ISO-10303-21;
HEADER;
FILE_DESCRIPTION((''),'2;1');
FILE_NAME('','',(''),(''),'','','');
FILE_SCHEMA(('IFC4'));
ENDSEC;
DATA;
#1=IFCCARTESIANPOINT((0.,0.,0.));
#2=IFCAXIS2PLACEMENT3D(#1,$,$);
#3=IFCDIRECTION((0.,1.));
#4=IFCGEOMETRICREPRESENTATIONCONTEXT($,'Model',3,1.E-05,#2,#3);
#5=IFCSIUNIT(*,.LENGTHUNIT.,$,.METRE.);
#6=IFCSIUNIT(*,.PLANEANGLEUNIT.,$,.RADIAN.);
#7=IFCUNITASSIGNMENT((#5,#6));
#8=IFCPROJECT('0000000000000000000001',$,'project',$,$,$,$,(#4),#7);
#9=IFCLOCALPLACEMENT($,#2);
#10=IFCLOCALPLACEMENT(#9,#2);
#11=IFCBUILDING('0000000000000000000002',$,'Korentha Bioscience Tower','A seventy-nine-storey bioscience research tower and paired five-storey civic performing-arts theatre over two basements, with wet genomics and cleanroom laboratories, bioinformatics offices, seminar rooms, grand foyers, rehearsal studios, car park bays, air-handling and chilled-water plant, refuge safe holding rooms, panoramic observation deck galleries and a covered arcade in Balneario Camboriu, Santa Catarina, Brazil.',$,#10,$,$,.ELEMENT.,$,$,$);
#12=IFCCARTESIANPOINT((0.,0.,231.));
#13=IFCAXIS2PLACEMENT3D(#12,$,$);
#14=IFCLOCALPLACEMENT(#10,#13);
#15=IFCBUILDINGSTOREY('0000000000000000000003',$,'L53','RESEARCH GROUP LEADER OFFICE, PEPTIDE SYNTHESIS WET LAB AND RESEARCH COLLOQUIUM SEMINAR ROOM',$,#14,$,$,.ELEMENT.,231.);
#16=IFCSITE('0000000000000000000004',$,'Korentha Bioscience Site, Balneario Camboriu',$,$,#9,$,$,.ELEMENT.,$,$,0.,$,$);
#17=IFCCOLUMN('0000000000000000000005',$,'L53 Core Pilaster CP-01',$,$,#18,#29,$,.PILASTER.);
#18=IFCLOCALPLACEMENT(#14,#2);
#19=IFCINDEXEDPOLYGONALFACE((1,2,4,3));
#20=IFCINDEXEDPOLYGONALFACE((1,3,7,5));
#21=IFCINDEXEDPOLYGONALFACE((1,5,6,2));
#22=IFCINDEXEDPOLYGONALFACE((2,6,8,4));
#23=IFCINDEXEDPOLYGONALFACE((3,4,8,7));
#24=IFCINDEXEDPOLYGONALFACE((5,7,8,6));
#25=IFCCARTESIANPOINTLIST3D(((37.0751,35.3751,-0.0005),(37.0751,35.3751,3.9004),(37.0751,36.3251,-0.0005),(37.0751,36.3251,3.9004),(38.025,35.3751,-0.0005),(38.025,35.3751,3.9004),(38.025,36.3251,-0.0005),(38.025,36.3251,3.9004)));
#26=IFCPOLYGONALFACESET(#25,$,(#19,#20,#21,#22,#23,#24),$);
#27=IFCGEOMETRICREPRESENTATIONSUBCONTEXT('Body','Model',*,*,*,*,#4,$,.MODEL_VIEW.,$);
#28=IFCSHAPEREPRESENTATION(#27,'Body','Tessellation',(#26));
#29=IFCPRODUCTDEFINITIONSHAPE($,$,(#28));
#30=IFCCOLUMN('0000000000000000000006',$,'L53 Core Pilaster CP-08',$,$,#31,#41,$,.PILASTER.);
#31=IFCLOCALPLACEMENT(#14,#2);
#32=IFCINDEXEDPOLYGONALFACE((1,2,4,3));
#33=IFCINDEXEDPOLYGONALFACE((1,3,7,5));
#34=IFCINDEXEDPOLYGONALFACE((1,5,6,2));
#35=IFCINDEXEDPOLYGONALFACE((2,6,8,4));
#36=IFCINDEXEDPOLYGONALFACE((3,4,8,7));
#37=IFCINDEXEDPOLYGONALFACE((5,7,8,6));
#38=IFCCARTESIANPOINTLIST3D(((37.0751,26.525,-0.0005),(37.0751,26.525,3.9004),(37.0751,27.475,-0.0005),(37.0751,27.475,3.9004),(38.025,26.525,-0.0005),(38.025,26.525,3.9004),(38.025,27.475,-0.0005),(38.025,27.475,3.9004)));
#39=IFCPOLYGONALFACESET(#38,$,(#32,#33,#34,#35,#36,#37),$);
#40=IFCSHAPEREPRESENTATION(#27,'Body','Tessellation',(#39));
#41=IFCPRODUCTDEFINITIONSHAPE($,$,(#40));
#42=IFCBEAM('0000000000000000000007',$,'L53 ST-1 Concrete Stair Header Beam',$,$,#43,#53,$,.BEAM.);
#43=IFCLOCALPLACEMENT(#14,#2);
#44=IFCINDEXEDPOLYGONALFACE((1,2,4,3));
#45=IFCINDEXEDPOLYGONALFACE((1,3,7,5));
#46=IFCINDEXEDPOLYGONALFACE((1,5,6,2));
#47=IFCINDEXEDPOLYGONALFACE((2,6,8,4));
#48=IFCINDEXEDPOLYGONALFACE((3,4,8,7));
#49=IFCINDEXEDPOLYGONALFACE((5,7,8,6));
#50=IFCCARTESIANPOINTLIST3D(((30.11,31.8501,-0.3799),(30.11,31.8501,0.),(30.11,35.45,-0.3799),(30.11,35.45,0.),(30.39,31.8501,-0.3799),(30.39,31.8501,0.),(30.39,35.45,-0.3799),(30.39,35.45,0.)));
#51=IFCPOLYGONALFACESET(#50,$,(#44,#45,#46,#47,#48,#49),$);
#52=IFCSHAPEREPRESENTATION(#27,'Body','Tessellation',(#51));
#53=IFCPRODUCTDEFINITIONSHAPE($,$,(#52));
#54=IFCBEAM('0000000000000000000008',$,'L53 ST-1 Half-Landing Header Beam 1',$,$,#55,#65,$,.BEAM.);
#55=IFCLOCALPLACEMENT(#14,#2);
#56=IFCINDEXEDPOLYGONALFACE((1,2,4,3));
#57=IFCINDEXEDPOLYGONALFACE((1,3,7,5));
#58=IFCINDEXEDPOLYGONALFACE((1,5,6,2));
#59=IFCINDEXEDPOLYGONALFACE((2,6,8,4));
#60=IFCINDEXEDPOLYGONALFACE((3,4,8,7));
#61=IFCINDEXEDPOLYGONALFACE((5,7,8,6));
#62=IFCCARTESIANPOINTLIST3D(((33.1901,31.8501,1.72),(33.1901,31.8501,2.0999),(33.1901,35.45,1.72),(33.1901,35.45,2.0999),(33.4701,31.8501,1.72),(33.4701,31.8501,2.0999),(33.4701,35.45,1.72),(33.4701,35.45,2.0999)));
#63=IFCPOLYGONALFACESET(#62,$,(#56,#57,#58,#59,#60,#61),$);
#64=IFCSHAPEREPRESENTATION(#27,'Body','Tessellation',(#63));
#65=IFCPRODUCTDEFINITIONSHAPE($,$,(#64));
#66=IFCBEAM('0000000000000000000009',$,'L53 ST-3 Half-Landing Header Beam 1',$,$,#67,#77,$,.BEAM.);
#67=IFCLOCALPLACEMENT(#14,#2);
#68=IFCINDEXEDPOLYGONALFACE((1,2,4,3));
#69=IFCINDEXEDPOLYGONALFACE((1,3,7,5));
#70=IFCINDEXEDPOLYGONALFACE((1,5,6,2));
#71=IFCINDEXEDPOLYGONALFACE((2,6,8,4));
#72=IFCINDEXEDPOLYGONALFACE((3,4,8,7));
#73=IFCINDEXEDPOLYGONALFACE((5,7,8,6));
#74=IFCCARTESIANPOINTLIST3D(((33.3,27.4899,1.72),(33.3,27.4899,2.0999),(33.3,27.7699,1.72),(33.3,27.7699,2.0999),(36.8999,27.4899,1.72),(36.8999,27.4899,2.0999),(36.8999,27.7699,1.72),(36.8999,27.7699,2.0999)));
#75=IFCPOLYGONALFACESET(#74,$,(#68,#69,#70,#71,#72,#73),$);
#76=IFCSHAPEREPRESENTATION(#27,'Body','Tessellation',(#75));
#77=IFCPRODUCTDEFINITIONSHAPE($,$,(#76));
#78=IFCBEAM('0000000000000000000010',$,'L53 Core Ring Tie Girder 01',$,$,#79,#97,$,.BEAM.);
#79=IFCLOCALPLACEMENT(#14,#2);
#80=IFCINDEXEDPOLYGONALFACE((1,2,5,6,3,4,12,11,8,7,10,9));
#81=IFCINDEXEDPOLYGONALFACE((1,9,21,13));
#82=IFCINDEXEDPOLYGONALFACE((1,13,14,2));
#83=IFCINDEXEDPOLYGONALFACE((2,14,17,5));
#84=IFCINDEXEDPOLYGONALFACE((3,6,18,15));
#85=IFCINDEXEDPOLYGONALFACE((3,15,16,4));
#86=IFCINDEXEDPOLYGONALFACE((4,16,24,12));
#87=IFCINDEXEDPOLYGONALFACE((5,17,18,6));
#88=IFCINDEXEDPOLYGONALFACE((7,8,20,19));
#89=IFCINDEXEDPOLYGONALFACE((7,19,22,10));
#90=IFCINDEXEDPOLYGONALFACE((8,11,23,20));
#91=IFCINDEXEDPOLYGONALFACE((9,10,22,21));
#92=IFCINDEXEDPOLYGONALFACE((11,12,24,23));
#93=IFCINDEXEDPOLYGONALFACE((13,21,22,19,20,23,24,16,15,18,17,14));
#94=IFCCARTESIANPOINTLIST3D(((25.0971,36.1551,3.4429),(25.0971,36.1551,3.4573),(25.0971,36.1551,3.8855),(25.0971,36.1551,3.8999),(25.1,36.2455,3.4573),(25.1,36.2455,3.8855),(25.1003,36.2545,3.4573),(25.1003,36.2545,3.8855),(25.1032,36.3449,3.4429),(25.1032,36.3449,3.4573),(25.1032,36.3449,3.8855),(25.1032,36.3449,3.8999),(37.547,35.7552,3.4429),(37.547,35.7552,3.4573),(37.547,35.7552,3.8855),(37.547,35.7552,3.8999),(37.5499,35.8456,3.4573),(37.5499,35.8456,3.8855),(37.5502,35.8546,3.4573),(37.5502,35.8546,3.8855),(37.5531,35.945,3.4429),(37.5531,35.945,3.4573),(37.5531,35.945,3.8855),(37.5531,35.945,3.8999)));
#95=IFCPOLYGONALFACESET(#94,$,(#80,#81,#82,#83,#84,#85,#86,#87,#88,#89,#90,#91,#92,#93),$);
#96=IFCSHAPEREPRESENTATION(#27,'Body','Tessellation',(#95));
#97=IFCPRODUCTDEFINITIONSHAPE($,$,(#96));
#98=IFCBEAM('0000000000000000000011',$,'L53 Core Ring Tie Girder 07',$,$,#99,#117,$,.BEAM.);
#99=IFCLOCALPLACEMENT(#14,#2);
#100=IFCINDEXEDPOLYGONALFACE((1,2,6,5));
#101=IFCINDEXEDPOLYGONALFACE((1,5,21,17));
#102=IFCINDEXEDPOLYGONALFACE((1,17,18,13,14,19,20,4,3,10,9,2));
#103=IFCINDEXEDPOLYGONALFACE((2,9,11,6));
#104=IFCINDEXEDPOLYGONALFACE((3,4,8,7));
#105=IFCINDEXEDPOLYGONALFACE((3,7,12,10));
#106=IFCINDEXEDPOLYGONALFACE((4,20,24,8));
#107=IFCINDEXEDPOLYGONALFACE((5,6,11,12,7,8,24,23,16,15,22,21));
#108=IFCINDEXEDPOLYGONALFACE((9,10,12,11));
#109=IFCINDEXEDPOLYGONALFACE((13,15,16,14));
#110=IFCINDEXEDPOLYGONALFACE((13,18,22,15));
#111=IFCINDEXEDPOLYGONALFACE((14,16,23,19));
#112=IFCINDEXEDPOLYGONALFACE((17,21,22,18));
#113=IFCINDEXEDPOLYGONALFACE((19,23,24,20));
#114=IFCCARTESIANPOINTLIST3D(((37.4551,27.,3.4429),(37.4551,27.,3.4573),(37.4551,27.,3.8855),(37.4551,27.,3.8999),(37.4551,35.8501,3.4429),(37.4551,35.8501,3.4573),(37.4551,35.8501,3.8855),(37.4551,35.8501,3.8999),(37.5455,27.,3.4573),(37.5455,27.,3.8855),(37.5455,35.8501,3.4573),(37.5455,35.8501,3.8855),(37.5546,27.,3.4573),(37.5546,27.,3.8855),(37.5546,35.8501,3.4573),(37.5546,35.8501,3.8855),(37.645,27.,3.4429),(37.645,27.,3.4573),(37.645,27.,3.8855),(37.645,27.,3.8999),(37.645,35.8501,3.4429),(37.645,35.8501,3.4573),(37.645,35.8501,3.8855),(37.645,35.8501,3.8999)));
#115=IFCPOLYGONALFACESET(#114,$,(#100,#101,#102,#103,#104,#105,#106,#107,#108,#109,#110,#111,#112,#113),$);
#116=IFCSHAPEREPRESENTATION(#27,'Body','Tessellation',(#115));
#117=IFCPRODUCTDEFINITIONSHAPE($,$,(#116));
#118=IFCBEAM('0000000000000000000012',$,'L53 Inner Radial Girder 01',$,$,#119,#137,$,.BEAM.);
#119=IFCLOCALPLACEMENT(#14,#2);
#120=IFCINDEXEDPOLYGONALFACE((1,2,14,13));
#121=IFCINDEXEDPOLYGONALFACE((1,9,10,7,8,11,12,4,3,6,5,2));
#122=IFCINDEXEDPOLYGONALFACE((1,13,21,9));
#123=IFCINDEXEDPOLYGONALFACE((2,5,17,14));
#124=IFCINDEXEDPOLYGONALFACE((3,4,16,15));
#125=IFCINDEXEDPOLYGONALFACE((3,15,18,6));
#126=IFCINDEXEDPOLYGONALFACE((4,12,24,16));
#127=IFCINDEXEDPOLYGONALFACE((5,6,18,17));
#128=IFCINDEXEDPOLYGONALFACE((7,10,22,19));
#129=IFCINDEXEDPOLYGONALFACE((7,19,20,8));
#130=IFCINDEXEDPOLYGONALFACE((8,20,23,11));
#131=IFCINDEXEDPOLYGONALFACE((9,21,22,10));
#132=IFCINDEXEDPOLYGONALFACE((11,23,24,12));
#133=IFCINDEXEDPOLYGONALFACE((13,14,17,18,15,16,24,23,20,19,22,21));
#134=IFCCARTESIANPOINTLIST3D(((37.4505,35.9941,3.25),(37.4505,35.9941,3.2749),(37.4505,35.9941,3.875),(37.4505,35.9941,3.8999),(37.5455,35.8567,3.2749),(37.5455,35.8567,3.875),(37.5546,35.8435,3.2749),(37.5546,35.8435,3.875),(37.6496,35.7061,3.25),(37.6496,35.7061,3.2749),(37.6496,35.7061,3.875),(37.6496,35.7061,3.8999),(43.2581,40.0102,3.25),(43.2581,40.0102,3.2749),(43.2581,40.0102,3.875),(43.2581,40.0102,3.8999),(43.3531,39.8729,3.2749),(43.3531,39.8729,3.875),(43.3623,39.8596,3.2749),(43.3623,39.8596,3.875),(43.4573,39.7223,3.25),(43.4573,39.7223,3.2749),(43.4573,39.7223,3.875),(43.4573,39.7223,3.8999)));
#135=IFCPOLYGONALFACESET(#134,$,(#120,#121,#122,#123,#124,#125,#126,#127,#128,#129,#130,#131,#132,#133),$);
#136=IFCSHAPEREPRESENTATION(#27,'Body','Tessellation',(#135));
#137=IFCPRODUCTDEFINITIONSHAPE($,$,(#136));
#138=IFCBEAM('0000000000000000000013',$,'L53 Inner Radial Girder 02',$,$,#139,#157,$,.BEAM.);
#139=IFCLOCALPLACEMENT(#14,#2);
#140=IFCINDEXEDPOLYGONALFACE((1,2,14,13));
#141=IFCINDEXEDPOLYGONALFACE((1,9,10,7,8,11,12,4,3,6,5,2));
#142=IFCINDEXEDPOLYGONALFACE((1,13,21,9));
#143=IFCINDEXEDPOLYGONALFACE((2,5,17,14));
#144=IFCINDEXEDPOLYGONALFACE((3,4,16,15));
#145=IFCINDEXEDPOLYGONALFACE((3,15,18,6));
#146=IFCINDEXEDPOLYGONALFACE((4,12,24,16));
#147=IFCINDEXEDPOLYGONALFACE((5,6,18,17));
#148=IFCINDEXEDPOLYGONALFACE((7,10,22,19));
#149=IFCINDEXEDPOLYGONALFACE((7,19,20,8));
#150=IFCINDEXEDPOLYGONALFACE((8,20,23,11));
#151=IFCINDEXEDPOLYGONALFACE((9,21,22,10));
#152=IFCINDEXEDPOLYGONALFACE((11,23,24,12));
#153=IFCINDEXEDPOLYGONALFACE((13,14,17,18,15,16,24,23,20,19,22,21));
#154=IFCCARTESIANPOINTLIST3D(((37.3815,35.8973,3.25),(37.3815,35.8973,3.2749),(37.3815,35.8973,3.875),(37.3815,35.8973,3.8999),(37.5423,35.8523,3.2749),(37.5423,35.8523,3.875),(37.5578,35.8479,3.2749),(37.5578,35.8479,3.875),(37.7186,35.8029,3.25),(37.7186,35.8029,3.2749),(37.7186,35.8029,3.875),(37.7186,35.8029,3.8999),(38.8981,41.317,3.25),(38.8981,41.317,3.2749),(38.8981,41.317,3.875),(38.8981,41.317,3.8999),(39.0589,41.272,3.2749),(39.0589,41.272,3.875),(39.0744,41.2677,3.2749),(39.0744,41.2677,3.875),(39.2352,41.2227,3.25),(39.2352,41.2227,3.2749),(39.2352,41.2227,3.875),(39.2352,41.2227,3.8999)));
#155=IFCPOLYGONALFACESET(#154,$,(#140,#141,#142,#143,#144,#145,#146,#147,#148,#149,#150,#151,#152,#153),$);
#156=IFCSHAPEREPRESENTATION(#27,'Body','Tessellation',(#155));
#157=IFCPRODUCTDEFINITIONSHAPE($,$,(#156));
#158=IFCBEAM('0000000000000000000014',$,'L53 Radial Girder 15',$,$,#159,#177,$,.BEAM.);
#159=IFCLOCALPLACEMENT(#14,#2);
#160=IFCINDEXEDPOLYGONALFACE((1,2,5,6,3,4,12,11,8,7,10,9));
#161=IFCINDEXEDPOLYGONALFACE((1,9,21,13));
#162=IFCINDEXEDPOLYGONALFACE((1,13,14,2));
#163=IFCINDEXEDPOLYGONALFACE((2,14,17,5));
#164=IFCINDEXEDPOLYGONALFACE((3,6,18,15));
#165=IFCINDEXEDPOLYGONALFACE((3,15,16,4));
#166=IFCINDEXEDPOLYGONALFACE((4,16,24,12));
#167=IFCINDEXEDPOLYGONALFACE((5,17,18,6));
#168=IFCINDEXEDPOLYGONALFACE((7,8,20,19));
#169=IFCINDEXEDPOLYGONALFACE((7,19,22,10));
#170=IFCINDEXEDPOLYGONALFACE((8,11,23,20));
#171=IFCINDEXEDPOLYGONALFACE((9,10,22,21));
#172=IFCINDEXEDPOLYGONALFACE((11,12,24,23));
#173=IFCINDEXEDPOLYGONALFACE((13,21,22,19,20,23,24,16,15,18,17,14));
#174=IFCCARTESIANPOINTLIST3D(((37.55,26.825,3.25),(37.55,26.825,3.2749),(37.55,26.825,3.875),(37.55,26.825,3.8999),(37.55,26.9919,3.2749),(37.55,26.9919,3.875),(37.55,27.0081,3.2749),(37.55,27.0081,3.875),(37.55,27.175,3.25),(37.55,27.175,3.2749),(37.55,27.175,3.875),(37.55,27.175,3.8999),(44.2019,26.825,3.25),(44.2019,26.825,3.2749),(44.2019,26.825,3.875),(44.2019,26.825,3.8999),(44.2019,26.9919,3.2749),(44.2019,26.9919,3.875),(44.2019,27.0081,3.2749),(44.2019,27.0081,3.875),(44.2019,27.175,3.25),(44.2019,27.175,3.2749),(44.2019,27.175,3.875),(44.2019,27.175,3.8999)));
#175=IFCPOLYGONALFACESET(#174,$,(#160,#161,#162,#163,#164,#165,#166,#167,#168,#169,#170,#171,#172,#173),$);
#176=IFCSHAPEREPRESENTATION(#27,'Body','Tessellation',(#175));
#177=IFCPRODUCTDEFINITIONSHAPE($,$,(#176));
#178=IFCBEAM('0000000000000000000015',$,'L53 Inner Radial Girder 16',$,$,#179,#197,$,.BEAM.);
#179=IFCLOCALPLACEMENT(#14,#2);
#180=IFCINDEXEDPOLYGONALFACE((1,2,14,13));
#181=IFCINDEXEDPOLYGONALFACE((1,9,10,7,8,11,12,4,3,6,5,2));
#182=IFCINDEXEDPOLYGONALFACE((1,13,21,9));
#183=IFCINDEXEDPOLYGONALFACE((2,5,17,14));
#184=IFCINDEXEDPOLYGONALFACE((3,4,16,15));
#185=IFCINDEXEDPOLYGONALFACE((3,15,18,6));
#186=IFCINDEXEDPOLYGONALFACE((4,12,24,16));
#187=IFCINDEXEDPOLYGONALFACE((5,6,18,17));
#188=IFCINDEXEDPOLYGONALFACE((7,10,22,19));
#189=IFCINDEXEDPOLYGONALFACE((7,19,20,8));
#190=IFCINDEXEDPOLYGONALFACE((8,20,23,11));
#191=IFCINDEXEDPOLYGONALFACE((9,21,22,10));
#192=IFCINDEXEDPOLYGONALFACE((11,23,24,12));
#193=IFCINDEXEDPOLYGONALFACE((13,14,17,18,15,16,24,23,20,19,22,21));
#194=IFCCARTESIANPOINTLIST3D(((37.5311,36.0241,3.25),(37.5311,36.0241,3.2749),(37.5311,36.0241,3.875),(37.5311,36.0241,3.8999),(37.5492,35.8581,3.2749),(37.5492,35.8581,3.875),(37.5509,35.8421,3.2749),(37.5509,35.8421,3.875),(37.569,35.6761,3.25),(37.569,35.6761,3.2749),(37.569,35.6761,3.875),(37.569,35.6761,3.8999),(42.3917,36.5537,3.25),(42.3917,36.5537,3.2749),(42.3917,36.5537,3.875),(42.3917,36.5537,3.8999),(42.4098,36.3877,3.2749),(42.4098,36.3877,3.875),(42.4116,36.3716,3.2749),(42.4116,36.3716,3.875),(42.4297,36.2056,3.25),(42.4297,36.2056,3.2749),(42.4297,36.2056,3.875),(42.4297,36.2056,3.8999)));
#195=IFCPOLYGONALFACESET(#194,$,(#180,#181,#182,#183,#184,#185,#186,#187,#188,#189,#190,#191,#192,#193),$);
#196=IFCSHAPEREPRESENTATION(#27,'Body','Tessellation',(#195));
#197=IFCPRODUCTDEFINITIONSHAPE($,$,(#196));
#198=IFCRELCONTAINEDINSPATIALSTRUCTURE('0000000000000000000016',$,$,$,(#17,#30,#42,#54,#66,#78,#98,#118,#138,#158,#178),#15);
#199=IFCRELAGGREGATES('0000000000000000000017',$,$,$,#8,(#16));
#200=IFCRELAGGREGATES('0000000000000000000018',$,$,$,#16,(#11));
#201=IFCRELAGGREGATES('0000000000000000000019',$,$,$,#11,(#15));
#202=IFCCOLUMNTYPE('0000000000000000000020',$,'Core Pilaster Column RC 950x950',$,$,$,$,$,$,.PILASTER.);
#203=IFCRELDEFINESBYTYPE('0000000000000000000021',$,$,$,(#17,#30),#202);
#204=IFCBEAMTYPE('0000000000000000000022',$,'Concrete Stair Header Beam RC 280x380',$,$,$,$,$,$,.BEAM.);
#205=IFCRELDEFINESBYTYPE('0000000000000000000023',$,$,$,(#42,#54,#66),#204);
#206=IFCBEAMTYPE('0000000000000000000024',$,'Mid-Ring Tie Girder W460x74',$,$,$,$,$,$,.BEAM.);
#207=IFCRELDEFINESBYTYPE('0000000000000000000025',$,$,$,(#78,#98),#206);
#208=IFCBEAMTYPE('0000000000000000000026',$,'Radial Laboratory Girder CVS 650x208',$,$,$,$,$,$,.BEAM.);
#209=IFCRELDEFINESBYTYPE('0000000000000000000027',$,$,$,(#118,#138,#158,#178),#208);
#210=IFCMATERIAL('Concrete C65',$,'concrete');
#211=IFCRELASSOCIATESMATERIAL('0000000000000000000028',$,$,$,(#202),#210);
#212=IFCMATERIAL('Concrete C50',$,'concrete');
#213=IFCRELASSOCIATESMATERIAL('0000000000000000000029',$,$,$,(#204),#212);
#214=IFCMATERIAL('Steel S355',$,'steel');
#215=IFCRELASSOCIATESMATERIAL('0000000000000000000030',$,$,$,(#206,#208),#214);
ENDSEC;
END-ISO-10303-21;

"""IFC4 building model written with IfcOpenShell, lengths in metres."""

from ifc_helpers import new_model, si_unit, direction, frame, origin, origin_2d, place, context, subcontext, project, spatial, rectangle, i_section, extrude, material, material_profile, profile_set, type_object, element, save


model = new_model("IFC4")

# Units and contexts
model_context = context("Model", 3, precision=1e-05, world=origin(), true_north=direction((0.0, 1.0)))
body_context = subcontext(model_context, "Body", "Model", "MODEL_VIEW")
ifc_project = project(units=[si_unit("LENGTHUNIT", "METRE"), si_unit("PLANEANGLEUNIT", "RADIAN")], contexts=[model_context])

# Site, building, storey
site_placement = place(None, origin())
site = spatial("IfcSite", under=ifc_project, at=site_placement, Name="Korentha Bioscience Site, Balneario Camboriu", CompositionType="ELEMENT", RefElevation=0.0)
building_placement = place(site_placement, origin())
building = spatial("IfcBuilding", under=site, at=building_placement, Name="Korentha Bioscience Tower", Description="A seventy-nine-storey bioscience research tower and paired five-storey civic performing-arts theatre over two basements, with wet genomics and cleanroom laboratories, bioinformatics offices, seminar rooms, grand foyers, rehearsal studios, car park bays, air-handling and chilled-water plant, refuge safe holding rooms, panoramic observation deck galleries and a covered arcade in Balneario Camboriu, Santa Catarina, Brazil.", CompositionType="ELEMENT")
storey_placement = place(building_placement, frame((0.0, 0.0, 231.0)))
storey = spatial("IfcBuildingStorey", under=building, at=storey_placement, Name="L53", Description="RESEARCH GROUP LEADER OFFICE, PEPTIDE SYNTHESIS WET LAB AND RESEARCH COLLOQUIUM SEMINAR ROOM", CompositionType="ELEMENT", Elevation=231.0)

# Columns
ifc_material_1 = material(Name="Concrete C65", Category="concrete")
ifc_material_profile_1 = material_profile(ifc_material_1, rectangle(XDim=0.95, YDim=0.95, at=origin_2d()), Name="Concrete C65")
ifc_profile_set_1 = profile_set([ifc_material_profile_1], Name="Concrete C65 (COL-CP09)")
column_type = type_object("IfcColumnType", Name="Core Pilaster Column RC 950x950", PredefinedType="PILASTER", material=ifc_profile_set_1)
for number, where, z_axis, x_axis, name in (
    (1, (37.55, 35.8501, -0.0005), (0.0, 0.0, 1.0), (1.0, 0.0, 0.0), "L53 Core Pilaster CP-01"),
    (2, (37.55, 27.0, -0.0005), (0.0, 0.0, 1.0), (1.0, 0.0, 0.0), "L53 Core Pilaster CP-08"),
):
    element("IfcColumn", number, at=place(storey_placement, frame(where, z_axis=z_axis, x_axis=x_axis)), inside=storey, type_object=column_type, Name=name, PredefinedType="PILASTER", context=body_context, shape_type="SweptSolid", body=[
        extrude(rectangle(XDim=0.95, YDim=0.95, at=origin_2d()), origin(), (0.0, 0.0, 1.0), 3.9009),
    ])

# Beams
ifc_material_2 = material(Name="Concrete C50", Category="concrete")
ifc_material_profile_2 = material_profile(ifc_material_2, rectangle(XDim=0.28, YDim=0.3799, at=origin_2d()), Name="Concrete C50")
ifc_profile_set_2 = profile_set([ifc_material_profile_2], Name="Concrete C50 (ST-HB380)")
beam_type_1 = type_object("IfcBeamType", Name="Concrete Stair Header Beam RC 280x380", PredefinedType="BEAM", material=ifc_profile_set_2)
for number, where, z_axis, x_axis, name in (
    (3, (30.25, 31.8501, -0.1899), (0.0, 1.0, 0.0), (-1.0, 0.0, 0.0), "L53 ST-1 Concrete Stair Header Beam"),
    (4, (33.3301, 31.8501, 1.9099), (0.0, 1.0, 0.0), (-1.0, 0.0, 0.0), "L53 ST-1 Half-Landing Header Beam 1"),
    (5, (36.8999, 27.6299, 1.9099), (-1.0, 0.0, 0.0), (0.0, -1.0, 0.0), "L53 ST-3 Half-Landing Header Beam 1"),
):
    element("IfcBeam", number, at=place(storey_placement, frame(where, z_axis=z_axis, x_axis=x_axis)), inside=storey, type_object=beam_type_1, Name=name, PredefinedType="BEAM", context=body_context, shape_type="SweptSolid", body=[
        extrude(rectangle(XDim=0.28, YDim=0.3799, at=origin_2d()), origin(), (0.0, 0.0, 1.0), 3.5999),
    ])
ifc_material_3 = material(Name="Steel S355", Category="steel")
ifc_material_profile_3 = material_profile(ifc_material_3, i_section(OverallWidth=0.1899, OverallDepth=0.457, WebThickness=0.009, FlangeThickness=0.0144, at=origin_2d()), Name="Steel S355")
ifc_profile_set_3 = profile_set([ifc_material_profile_3], Name="Steel S355 (MB-460)")
beam_type_2 = type_object("IfcBeamType", Name="Mid-Ring Tie Girder W460x74", PredefinedType="BEAM", material=ifc_profile_set_3)
beam_1_placement = place(storey_placement, frame((37.55, 35.8501, 3.6714), z_axis=(-0.999485, 0.032104, 0.0), x_axis=(-0.032104, -0.999485, 0.0)))
element("IfcBeam", 6, at=beam_1_placement, inside=storey, type_object=beam_type_2, Name="L53 Core Ring Tie Girder 01", PredefinedType="BEAM", context=body_context, shape_type="SweptSolid", body=[
    extrude(i_section(OverallWidth=0.1899, OverallDepth=0.457, WebThickness=0.009, FlangeThickness=0.0144, at=origin_2d()), origin(), (0.0, 0.0, 1.0), 12.4563),
])
beam_2_placement = place(storey_placement, frame((37.55, 27.0, 3.6714), z_axis=(0.0, 1.0, 0.0), x_axis=(-1.0, 0.0, 0.0)))
element("IfcBeam", 7, at=beam_2_placement, inside=storey, type_object=beam_type_2, Name="L53 Core Ring Tie Girder 07", PredefinedType="BEAM", context=body_context, shape_type="SweptSolid", body=[
    extrude(i_section(OverallWidth=0.1899, OverallDepth=0.457, WebThickness=0.009, FlangeThickness=0.0144, at=origin_2d()), origin(), (0.0, 0.0, 1.0), 8.8501),
])
ifc_material_profile_4 = material_profile(ifc_material_3, i_section(OverallWidth=0.3501, OverallDepth=0.6499, WebThickness=0.0161, FlangeThickness=0.0249, at=origin_2d()), Name="Steel S355")
ifc_profile_set_4 = profile_set([ifc_material_profile_4], Name="Steel S355 (RB-650)")
beam_type_3 = type_object("IfcBeamType", Name="Radial Laboratory Girder CVS 650x208", PredefinedType="BEAM", material=ifc_profile_set_4)
beam_3_placement = place(storey_placement, frame((37.55, 35.8501, 3.575), z_axis=(0.822493, 0.568775, 0.0), x_axis=(-0.568775, 0.822493, 0.0)))
element("IfcBeam", 8, at=beam_3_placement, inside=storey, type_object=beam_type_3, Name="L53 Inner Radial Girder 01", PredefinedType="BEAM", context=body_context, shape_type="SweptSolid", body=[
    extrude(i_section(OverallWidth=0.3501, OverallDepth=0.6499, WebThickness=0.0161, FlangeThickness=0.0249, at=origin_2d()), origin(), (0.0, 0.0, 1.0), 7.061),
])
beam_4_placement = place(storey_placement, frame((37.55, 35.8501, 3.575), z_axis=(0.26948, 0.963006, 0.0), x_axis=(-0.963006, 0.26948, 0.0)))
element("IfcBeam", 9, at=beam_4_placement, inside=storey, type_object=beam_type_3, Name="L53 Inner Radial Girder 02", PredefinedType="BEAM", context=body_context, shape_type="SweptSolid", body=[
    extrude(i_section(OverallWidth=0.3501, OverallDepth=0.6499, WebThickness=0.0161, FlangeThickness=0.0249, at=origin_2d()), origin(), (0.0, 0.0, 1.0), 5.6279),
])
beam_5_placement = place(storey_placement, frame((37.55, 27.0, 3.575), z_axis=(1.0, 0.0, 0.0), x_axis=(0.0, 1.0, 0.0)))
element("IfcBeam", 10, at=beam_5_placement, inside=storey, type_object=beam_type_3, Name="L53 Radial Girder 15", PredefinedType="BEAM", context=body_context, shape_type="SweptSolid", body=[
    extrude(i_section(OverallWidth=0.3501, OverallDepth=0.6499, WebThickness=0.0161, FlangeThickness=0.0249, at=origin_2d()), origin(), (0.0, 0.0, 1.0), 6.6519),
])
beam_6_placement = place(storey_placement, frame((37.55, 35.8501, 3.575), z_axis=(0.994118, 0.108305, 0.0), x_axis=(-0.108305, 0.994118, 0.0)))
element("IfcBeam", 11, at=beam_6_placement, inside=storey, type_object=beam_type_3, Name="L53 Inner Radial Girder 16", PredefinedType="BEAM", context=body_context, shape_type="SweptSolid", body=[
    extrude(i_section(OverallWidth=0.3501, OverallDepth=0.6499, WebThickness=0.0161, FlangeThickness=0.0249, at=origin_2d()), origin(), (0.0, 0.0, 1.0), 4.8894),
])

save(model, "model.ifc")
